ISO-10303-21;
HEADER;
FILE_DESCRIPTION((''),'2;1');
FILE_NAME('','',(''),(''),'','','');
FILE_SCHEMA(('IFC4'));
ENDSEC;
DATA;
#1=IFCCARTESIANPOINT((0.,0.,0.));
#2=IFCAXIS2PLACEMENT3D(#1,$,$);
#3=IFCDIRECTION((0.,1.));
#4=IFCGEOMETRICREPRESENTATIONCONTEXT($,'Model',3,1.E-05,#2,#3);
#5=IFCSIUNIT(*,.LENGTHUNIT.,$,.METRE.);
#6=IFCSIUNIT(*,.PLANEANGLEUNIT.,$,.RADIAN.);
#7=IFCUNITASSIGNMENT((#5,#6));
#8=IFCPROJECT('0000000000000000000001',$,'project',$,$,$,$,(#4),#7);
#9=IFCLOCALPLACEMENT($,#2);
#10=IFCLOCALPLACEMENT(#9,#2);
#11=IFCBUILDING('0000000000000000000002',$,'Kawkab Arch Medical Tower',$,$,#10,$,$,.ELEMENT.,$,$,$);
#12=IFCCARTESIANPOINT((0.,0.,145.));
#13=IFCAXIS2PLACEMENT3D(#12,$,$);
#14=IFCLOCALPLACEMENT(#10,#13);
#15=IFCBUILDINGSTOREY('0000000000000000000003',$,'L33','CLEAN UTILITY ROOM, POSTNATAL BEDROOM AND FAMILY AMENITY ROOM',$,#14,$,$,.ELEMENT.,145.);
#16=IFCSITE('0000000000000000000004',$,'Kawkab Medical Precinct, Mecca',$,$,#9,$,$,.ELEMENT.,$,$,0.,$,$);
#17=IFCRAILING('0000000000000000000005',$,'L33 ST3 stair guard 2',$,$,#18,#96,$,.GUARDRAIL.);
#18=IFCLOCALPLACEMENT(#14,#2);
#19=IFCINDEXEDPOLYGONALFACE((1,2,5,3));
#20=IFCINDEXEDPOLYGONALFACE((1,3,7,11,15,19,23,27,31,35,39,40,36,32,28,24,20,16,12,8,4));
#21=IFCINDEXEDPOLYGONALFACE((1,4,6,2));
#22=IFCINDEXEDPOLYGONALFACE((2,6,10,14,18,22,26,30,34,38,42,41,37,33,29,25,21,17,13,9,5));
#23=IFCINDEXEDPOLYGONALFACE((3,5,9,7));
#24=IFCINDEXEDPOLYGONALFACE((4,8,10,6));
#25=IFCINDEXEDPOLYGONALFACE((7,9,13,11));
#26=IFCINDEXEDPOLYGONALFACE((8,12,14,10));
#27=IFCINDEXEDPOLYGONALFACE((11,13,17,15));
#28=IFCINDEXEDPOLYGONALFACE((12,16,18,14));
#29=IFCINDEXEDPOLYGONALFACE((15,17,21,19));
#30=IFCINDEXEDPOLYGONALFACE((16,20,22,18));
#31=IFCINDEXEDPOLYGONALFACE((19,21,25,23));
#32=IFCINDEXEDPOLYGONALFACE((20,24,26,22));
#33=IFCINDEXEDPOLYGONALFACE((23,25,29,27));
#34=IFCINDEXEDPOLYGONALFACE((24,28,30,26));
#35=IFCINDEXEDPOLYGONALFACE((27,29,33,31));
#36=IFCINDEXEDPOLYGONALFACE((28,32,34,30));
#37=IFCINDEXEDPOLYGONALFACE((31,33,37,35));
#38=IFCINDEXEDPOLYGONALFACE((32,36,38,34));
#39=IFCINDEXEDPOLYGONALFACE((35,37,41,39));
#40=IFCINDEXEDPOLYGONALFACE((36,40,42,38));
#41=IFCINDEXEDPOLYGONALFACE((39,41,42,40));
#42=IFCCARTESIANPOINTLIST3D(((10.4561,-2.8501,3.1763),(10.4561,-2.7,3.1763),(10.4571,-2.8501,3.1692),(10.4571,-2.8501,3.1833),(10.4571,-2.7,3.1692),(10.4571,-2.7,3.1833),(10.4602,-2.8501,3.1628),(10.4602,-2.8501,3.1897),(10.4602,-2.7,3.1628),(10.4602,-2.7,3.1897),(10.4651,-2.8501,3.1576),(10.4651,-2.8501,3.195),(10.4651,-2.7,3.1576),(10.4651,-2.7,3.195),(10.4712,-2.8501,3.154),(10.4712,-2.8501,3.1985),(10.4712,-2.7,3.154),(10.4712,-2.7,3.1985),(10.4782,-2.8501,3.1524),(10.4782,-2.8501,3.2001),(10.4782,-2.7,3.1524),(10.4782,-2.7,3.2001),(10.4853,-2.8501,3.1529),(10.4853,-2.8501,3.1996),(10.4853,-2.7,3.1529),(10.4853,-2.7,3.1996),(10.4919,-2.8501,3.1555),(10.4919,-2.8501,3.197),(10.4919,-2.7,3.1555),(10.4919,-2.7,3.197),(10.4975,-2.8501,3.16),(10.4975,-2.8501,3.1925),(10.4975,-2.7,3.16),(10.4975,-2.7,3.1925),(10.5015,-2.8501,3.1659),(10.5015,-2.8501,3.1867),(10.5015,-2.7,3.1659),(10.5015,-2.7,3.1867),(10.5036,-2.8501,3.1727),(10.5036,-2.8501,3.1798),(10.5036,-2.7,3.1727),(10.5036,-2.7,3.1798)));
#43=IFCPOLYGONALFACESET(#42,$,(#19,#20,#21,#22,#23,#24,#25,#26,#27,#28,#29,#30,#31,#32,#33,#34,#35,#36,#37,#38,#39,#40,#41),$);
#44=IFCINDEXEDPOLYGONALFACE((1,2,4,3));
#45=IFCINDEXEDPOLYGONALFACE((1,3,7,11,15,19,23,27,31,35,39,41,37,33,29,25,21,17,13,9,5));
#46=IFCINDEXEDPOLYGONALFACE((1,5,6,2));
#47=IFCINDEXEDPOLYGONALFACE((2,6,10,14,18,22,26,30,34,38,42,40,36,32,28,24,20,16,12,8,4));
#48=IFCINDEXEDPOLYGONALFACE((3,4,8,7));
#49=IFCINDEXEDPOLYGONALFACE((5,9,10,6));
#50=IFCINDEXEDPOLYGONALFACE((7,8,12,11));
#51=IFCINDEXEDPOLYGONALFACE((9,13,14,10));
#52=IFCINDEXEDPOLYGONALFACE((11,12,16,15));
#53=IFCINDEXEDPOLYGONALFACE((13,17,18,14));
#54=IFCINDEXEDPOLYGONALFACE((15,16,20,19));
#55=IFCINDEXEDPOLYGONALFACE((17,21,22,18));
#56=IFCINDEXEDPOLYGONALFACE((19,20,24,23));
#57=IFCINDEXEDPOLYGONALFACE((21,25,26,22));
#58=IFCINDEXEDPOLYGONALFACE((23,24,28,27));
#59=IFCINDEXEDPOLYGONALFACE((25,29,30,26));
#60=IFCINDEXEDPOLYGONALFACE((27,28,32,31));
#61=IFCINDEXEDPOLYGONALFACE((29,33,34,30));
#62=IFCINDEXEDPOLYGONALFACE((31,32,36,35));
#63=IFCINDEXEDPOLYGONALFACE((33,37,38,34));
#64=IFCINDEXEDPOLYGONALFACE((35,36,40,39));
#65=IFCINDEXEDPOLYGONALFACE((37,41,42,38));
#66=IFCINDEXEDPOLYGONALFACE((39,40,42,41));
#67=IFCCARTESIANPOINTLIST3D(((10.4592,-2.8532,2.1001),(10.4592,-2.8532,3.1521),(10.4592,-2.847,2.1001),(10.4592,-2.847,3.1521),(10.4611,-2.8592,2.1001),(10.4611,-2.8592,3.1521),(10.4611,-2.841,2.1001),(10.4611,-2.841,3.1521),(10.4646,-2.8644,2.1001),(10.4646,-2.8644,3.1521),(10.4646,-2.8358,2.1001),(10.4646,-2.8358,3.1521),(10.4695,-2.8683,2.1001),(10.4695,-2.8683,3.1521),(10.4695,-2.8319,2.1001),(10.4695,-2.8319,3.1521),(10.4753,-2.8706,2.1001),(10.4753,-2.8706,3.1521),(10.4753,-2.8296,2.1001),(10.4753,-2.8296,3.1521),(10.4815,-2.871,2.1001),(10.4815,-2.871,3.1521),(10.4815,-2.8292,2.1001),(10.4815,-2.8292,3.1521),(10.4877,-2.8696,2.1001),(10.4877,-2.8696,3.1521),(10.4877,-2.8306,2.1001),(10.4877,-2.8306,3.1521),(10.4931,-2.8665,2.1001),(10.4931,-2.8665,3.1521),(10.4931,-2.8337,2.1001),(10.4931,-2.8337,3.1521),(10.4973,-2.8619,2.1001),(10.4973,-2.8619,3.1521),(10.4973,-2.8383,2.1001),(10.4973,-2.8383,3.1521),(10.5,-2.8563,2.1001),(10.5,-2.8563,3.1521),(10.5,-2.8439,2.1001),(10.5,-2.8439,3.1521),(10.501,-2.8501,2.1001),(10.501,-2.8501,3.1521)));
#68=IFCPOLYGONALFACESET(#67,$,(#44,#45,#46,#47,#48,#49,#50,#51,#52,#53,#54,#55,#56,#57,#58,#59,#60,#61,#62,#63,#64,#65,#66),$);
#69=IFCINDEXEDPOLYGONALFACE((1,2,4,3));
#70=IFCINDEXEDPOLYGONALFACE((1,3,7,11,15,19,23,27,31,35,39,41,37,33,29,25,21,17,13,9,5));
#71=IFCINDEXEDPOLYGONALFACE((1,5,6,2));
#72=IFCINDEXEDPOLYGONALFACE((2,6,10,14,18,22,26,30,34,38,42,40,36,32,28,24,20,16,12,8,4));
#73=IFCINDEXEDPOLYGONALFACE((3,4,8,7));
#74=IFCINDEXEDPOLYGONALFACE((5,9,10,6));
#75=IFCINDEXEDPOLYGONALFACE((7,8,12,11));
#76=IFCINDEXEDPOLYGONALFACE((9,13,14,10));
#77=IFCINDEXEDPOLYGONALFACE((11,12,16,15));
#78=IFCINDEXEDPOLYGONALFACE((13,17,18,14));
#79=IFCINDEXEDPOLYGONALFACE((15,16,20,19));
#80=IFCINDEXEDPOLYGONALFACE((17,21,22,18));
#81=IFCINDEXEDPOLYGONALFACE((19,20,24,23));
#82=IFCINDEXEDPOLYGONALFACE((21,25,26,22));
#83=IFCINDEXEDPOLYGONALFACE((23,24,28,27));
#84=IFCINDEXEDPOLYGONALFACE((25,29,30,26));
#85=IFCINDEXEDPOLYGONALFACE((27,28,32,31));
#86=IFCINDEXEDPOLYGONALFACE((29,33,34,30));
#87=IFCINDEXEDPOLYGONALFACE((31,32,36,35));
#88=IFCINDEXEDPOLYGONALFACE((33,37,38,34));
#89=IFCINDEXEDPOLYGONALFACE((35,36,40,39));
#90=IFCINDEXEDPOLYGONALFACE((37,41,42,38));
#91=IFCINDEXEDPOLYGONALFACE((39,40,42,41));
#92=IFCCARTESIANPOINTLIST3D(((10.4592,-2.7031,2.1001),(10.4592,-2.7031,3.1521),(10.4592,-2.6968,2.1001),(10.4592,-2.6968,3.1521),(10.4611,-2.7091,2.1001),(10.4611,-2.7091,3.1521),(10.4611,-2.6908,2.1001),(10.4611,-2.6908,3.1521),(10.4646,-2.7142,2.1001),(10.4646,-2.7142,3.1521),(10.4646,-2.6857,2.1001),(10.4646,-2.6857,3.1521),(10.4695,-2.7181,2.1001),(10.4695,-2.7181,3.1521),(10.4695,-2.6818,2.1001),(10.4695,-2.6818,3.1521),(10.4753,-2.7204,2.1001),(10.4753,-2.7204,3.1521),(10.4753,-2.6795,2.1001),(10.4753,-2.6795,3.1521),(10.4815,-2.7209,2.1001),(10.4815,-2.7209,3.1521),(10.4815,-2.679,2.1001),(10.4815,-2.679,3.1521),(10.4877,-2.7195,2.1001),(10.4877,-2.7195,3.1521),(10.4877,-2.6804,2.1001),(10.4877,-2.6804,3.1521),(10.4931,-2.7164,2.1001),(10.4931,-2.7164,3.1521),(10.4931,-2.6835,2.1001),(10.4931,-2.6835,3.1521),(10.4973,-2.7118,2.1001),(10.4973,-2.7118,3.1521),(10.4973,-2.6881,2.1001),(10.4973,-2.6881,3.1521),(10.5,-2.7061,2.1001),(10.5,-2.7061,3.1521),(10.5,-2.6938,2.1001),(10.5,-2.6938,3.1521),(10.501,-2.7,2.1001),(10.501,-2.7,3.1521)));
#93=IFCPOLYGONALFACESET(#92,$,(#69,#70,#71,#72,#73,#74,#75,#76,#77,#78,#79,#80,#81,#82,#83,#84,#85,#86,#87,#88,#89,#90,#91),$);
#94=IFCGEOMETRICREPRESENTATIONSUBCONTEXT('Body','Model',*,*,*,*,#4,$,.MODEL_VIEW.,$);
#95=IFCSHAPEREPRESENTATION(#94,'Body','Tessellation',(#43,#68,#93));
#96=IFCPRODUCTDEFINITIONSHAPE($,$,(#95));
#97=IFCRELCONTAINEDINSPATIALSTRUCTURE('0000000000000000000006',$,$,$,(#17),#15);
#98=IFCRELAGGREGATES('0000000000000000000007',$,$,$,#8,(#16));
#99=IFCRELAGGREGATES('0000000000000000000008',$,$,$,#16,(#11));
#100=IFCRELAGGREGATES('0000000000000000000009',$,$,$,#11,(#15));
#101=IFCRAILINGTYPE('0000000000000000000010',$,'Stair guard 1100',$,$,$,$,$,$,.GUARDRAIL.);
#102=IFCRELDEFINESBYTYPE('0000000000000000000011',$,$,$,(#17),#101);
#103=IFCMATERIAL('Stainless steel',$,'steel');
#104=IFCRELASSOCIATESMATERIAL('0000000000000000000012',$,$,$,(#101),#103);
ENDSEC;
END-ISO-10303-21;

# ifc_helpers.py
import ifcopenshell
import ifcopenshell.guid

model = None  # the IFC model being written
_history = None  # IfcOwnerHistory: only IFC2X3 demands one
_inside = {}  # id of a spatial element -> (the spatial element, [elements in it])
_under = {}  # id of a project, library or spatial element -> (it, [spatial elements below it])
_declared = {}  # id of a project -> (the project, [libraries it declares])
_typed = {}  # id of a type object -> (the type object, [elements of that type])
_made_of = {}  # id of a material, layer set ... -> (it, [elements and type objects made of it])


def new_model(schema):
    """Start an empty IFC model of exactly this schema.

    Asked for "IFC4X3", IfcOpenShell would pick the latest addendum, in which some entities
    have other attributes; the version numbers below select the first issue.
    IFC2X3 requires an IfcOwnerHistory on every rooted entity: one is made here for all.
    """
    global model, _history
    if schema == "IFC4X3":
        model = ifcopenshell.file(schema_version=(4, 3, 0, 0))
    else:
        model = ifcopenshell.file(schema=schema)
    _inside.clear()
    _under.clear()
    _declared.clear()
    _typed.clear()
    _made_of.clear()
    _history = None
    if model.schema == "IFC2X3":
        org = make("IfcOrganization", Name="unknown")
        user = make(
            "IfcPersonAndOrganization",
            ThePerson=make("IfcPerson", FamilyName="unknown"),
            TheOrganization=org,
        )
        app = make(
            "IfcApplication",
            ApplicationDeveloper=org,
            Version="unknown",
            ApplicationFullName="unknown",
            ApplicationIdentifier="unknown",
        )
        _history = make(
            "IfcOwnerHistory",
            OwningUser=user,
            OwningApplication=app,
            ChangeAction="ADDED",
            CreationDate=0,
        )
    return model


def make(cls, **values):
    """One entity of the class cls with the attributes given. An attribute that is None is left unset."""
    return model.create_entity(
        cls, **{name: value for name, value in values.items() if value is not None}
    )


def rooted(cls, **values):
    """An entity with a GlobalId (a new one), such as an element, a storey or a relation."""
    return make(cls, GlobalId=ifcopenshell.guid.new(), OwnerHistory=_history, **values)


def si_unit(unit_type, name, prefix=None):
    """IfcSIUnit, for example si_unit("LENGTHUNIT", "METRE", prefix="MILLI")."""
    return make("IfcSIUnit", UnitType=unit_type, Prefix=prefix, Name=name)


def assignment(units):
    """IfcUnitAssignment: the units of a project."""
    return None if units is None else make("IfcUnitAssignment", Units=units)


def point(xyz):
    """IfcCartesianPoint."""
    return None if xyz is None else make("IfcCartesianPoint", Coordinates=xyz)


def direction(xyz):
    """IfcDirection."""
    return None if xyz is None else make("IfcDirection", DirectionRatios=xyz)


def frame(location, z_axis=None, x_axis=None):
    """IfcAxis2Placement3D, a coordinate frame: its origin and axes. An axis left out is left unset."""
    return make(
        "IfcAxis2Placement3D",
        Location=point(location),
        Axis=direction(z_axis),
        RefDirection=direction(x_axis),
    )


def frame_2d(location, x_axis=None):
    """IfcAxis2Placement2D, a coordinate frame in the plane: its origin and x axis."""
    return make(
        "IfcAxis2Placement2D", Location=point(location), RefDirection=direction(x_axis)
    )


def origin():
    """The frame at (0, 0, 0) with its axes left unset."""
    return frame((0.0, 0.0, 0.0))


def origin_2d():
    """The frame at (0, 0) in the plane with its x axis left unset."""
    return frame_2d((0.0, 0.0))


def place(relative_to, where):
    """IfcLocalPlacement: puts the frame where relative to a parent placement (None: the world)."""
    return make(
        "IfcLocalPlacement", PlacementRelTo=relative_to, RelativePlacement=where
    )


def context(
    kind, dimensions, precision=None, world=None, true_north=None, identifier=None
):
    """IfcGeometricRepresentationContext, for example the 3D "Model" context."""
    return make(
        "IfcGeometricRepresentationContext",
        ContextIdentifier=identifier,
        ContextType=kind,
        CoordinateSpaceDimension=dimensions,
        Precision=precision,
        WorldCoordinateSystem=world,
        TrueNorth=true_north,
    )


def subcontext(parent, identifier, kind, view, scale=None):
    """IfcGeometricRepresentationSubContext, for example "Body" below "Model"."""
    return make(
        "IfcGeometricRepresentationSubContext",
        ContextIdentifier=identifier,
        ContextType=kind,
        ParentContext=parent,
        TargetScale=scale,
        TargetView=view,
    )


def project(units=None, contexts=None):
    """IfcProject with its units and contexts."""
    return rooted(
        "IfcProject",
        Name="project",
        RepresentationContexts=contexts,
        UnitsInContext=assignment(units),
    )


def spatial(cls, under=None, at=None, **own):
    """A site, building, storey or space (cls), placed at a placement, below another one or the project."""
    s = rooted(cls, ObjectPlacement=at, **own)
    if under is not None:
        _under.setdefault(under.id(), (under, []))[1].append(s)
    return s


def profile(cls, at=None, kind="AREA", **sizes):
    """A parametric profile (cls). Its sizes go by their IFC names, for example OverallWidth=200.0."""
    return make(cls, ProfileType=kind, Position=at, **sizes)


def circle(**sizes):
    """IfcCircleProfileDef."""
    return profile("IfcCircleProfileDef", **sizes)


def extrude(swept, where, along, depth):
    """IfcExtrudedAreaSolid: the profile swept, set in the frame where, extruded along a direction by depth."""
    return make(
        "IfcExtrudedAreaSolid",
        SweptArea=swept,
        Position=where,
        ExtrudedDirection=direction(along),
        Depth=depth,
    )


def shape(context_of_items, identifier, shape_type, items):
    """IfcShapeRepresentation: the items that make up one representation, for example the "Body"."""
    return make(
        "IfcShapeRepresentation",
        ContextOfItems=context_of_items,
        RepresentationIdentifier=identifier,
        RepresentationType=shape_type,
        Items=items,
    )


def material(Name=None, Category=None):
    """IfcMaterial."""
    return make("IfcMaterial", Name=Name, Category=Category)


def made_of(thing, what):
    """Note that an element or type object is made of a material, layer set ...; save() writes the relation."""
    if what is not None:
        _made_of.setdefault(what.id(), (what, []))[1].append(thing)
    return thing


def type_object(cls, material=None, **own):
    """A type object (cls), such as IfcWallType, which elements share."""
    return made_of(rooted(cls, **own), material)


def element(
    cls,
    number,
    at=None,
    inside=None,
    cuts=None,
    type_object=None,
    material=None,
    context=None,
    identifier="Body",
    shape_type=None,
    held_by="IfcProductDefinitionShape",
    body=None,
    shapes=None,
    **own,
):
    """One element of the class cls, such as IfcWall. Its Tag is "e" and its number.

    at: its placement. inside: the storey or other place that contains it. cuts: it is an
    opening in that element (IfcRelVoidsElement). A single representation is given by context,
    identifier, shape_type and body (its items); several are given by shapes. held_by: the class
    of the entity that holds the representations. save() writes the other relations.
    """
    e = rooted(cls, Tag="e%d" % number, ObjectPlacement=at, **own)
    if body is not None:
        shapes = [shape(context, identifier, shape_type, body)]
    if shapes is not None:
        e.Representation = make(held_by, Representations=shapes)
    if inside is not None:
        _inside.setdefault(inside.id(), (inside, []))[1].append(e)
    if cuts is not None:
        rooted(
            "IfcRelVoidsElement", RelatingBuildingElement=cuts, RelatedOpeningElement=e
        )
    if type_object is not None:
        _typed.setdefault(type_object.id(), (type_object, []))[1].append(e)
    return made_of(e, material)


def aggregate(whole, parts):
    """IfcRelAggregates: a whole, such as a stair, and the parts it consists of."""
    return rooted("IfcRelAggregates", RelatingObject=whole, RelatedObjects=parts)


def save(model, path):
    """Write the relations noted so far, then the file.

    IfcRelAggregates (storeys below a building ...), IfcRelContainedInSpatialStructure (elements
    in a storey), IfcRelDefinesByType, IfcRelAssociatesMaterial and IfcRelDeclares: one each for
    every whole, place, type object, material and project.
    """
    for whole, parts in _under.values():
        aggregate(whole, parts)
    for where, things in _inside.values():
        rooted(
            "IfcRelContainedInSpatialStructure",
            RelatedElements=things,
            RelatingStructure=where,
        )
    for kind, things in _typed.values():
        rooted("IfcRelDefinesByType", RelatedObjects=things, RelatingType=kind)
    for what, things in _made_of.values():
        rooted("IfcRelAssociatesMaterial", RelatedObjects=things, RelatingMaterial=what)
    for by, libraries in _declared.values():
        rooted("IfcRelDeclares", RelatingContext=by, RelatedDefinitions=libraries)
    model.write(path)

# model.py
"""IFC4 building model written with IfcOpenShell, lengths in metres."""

from ifc_helpers import new_model, si_unit, direction, frame, origin, origin_2d, place, context, subcontext, project, spatial, circle, extrude, material, type_object, element, save


model = new_model("IFC4")

# Units and contexts
model_context = context("Model", 3, precision=1e-05, world=origin(), true_north=direction((0.0, 1.0)))
body_context = subcontext(model_context, "Body", "Model", "MODEL_VIEW")
ifc_project = project(units=[si_unit("LENGTHUNIT", "METRE"), si_unit("PLANEANGLEUNIT", "RADIAN")], contexts=[model_context])

# Site, building, storey
site_placement = place(None, origin())
site = spatial("IfcSite", under=ifc_project, at=site_placement, Name="Kawkab Medical Precinct, Mecca", CompositionType="ELEMENT", RefElevation=0.0)
building_placement = place(site_placement, origin())
building = spatial("IfcBuilding", under=site, at=building_placement, Name="Kawkab Arch Medical Tower", CompositionType="ELEMENT")
storey_placement = place(building_placement, frame((0.0, 0.0, 145.0)))
storey = spatial("IfcBuildingStorey", under=building, at=storey_placement, Name="L33", Description="CLEAN UTILITY ROOM, POSTNATAL BEDROOM AND FAMILY AMENITY ROOM", CompositionType="ELEMENT", Elevation=145.0)

# Railing
ifc_material_1 = material(Name="Stainless steel", Category="steel")
railing_type_1 = type_object("IfcRailingType", Name="Stair guard 1100", PredefinedType="GUARDRAIL", material=ifc_material_1)
railing_1_placement = place(storey_placement, frame((10.48, -2.8501, 2.1001)))
element("IfcRailing", 1, at=railing_1_placement, inside=storey, type_object=railing_type_1, Name="L33 ST3 stair guard 2", PredefinedType="GUARDRAIL", context=body_context, shape_type="SweptSolid", body=[
    extrude(circle(Radius=0.0239, at=origin_2d()), frame((0.0, 0.0, 1.0762), z_axis=(0.0, 1.0, 0.0), x_axis=(-1.0, 0.0, 0.0)), (0.0, 0.0, 1.0), 0.1501),
    extrude(circle(Radius=0.021, at=origin_2d()), origin(), (0.0, 0.0, 1.0), 1.052),
    extrude(circle(Radius=0.021, at=origin_2d()), frame((0.0, 0.1501, 0.0)), (0.0, 0.0, 1.0), 1.052),
])

save(model, "model.ifc")
